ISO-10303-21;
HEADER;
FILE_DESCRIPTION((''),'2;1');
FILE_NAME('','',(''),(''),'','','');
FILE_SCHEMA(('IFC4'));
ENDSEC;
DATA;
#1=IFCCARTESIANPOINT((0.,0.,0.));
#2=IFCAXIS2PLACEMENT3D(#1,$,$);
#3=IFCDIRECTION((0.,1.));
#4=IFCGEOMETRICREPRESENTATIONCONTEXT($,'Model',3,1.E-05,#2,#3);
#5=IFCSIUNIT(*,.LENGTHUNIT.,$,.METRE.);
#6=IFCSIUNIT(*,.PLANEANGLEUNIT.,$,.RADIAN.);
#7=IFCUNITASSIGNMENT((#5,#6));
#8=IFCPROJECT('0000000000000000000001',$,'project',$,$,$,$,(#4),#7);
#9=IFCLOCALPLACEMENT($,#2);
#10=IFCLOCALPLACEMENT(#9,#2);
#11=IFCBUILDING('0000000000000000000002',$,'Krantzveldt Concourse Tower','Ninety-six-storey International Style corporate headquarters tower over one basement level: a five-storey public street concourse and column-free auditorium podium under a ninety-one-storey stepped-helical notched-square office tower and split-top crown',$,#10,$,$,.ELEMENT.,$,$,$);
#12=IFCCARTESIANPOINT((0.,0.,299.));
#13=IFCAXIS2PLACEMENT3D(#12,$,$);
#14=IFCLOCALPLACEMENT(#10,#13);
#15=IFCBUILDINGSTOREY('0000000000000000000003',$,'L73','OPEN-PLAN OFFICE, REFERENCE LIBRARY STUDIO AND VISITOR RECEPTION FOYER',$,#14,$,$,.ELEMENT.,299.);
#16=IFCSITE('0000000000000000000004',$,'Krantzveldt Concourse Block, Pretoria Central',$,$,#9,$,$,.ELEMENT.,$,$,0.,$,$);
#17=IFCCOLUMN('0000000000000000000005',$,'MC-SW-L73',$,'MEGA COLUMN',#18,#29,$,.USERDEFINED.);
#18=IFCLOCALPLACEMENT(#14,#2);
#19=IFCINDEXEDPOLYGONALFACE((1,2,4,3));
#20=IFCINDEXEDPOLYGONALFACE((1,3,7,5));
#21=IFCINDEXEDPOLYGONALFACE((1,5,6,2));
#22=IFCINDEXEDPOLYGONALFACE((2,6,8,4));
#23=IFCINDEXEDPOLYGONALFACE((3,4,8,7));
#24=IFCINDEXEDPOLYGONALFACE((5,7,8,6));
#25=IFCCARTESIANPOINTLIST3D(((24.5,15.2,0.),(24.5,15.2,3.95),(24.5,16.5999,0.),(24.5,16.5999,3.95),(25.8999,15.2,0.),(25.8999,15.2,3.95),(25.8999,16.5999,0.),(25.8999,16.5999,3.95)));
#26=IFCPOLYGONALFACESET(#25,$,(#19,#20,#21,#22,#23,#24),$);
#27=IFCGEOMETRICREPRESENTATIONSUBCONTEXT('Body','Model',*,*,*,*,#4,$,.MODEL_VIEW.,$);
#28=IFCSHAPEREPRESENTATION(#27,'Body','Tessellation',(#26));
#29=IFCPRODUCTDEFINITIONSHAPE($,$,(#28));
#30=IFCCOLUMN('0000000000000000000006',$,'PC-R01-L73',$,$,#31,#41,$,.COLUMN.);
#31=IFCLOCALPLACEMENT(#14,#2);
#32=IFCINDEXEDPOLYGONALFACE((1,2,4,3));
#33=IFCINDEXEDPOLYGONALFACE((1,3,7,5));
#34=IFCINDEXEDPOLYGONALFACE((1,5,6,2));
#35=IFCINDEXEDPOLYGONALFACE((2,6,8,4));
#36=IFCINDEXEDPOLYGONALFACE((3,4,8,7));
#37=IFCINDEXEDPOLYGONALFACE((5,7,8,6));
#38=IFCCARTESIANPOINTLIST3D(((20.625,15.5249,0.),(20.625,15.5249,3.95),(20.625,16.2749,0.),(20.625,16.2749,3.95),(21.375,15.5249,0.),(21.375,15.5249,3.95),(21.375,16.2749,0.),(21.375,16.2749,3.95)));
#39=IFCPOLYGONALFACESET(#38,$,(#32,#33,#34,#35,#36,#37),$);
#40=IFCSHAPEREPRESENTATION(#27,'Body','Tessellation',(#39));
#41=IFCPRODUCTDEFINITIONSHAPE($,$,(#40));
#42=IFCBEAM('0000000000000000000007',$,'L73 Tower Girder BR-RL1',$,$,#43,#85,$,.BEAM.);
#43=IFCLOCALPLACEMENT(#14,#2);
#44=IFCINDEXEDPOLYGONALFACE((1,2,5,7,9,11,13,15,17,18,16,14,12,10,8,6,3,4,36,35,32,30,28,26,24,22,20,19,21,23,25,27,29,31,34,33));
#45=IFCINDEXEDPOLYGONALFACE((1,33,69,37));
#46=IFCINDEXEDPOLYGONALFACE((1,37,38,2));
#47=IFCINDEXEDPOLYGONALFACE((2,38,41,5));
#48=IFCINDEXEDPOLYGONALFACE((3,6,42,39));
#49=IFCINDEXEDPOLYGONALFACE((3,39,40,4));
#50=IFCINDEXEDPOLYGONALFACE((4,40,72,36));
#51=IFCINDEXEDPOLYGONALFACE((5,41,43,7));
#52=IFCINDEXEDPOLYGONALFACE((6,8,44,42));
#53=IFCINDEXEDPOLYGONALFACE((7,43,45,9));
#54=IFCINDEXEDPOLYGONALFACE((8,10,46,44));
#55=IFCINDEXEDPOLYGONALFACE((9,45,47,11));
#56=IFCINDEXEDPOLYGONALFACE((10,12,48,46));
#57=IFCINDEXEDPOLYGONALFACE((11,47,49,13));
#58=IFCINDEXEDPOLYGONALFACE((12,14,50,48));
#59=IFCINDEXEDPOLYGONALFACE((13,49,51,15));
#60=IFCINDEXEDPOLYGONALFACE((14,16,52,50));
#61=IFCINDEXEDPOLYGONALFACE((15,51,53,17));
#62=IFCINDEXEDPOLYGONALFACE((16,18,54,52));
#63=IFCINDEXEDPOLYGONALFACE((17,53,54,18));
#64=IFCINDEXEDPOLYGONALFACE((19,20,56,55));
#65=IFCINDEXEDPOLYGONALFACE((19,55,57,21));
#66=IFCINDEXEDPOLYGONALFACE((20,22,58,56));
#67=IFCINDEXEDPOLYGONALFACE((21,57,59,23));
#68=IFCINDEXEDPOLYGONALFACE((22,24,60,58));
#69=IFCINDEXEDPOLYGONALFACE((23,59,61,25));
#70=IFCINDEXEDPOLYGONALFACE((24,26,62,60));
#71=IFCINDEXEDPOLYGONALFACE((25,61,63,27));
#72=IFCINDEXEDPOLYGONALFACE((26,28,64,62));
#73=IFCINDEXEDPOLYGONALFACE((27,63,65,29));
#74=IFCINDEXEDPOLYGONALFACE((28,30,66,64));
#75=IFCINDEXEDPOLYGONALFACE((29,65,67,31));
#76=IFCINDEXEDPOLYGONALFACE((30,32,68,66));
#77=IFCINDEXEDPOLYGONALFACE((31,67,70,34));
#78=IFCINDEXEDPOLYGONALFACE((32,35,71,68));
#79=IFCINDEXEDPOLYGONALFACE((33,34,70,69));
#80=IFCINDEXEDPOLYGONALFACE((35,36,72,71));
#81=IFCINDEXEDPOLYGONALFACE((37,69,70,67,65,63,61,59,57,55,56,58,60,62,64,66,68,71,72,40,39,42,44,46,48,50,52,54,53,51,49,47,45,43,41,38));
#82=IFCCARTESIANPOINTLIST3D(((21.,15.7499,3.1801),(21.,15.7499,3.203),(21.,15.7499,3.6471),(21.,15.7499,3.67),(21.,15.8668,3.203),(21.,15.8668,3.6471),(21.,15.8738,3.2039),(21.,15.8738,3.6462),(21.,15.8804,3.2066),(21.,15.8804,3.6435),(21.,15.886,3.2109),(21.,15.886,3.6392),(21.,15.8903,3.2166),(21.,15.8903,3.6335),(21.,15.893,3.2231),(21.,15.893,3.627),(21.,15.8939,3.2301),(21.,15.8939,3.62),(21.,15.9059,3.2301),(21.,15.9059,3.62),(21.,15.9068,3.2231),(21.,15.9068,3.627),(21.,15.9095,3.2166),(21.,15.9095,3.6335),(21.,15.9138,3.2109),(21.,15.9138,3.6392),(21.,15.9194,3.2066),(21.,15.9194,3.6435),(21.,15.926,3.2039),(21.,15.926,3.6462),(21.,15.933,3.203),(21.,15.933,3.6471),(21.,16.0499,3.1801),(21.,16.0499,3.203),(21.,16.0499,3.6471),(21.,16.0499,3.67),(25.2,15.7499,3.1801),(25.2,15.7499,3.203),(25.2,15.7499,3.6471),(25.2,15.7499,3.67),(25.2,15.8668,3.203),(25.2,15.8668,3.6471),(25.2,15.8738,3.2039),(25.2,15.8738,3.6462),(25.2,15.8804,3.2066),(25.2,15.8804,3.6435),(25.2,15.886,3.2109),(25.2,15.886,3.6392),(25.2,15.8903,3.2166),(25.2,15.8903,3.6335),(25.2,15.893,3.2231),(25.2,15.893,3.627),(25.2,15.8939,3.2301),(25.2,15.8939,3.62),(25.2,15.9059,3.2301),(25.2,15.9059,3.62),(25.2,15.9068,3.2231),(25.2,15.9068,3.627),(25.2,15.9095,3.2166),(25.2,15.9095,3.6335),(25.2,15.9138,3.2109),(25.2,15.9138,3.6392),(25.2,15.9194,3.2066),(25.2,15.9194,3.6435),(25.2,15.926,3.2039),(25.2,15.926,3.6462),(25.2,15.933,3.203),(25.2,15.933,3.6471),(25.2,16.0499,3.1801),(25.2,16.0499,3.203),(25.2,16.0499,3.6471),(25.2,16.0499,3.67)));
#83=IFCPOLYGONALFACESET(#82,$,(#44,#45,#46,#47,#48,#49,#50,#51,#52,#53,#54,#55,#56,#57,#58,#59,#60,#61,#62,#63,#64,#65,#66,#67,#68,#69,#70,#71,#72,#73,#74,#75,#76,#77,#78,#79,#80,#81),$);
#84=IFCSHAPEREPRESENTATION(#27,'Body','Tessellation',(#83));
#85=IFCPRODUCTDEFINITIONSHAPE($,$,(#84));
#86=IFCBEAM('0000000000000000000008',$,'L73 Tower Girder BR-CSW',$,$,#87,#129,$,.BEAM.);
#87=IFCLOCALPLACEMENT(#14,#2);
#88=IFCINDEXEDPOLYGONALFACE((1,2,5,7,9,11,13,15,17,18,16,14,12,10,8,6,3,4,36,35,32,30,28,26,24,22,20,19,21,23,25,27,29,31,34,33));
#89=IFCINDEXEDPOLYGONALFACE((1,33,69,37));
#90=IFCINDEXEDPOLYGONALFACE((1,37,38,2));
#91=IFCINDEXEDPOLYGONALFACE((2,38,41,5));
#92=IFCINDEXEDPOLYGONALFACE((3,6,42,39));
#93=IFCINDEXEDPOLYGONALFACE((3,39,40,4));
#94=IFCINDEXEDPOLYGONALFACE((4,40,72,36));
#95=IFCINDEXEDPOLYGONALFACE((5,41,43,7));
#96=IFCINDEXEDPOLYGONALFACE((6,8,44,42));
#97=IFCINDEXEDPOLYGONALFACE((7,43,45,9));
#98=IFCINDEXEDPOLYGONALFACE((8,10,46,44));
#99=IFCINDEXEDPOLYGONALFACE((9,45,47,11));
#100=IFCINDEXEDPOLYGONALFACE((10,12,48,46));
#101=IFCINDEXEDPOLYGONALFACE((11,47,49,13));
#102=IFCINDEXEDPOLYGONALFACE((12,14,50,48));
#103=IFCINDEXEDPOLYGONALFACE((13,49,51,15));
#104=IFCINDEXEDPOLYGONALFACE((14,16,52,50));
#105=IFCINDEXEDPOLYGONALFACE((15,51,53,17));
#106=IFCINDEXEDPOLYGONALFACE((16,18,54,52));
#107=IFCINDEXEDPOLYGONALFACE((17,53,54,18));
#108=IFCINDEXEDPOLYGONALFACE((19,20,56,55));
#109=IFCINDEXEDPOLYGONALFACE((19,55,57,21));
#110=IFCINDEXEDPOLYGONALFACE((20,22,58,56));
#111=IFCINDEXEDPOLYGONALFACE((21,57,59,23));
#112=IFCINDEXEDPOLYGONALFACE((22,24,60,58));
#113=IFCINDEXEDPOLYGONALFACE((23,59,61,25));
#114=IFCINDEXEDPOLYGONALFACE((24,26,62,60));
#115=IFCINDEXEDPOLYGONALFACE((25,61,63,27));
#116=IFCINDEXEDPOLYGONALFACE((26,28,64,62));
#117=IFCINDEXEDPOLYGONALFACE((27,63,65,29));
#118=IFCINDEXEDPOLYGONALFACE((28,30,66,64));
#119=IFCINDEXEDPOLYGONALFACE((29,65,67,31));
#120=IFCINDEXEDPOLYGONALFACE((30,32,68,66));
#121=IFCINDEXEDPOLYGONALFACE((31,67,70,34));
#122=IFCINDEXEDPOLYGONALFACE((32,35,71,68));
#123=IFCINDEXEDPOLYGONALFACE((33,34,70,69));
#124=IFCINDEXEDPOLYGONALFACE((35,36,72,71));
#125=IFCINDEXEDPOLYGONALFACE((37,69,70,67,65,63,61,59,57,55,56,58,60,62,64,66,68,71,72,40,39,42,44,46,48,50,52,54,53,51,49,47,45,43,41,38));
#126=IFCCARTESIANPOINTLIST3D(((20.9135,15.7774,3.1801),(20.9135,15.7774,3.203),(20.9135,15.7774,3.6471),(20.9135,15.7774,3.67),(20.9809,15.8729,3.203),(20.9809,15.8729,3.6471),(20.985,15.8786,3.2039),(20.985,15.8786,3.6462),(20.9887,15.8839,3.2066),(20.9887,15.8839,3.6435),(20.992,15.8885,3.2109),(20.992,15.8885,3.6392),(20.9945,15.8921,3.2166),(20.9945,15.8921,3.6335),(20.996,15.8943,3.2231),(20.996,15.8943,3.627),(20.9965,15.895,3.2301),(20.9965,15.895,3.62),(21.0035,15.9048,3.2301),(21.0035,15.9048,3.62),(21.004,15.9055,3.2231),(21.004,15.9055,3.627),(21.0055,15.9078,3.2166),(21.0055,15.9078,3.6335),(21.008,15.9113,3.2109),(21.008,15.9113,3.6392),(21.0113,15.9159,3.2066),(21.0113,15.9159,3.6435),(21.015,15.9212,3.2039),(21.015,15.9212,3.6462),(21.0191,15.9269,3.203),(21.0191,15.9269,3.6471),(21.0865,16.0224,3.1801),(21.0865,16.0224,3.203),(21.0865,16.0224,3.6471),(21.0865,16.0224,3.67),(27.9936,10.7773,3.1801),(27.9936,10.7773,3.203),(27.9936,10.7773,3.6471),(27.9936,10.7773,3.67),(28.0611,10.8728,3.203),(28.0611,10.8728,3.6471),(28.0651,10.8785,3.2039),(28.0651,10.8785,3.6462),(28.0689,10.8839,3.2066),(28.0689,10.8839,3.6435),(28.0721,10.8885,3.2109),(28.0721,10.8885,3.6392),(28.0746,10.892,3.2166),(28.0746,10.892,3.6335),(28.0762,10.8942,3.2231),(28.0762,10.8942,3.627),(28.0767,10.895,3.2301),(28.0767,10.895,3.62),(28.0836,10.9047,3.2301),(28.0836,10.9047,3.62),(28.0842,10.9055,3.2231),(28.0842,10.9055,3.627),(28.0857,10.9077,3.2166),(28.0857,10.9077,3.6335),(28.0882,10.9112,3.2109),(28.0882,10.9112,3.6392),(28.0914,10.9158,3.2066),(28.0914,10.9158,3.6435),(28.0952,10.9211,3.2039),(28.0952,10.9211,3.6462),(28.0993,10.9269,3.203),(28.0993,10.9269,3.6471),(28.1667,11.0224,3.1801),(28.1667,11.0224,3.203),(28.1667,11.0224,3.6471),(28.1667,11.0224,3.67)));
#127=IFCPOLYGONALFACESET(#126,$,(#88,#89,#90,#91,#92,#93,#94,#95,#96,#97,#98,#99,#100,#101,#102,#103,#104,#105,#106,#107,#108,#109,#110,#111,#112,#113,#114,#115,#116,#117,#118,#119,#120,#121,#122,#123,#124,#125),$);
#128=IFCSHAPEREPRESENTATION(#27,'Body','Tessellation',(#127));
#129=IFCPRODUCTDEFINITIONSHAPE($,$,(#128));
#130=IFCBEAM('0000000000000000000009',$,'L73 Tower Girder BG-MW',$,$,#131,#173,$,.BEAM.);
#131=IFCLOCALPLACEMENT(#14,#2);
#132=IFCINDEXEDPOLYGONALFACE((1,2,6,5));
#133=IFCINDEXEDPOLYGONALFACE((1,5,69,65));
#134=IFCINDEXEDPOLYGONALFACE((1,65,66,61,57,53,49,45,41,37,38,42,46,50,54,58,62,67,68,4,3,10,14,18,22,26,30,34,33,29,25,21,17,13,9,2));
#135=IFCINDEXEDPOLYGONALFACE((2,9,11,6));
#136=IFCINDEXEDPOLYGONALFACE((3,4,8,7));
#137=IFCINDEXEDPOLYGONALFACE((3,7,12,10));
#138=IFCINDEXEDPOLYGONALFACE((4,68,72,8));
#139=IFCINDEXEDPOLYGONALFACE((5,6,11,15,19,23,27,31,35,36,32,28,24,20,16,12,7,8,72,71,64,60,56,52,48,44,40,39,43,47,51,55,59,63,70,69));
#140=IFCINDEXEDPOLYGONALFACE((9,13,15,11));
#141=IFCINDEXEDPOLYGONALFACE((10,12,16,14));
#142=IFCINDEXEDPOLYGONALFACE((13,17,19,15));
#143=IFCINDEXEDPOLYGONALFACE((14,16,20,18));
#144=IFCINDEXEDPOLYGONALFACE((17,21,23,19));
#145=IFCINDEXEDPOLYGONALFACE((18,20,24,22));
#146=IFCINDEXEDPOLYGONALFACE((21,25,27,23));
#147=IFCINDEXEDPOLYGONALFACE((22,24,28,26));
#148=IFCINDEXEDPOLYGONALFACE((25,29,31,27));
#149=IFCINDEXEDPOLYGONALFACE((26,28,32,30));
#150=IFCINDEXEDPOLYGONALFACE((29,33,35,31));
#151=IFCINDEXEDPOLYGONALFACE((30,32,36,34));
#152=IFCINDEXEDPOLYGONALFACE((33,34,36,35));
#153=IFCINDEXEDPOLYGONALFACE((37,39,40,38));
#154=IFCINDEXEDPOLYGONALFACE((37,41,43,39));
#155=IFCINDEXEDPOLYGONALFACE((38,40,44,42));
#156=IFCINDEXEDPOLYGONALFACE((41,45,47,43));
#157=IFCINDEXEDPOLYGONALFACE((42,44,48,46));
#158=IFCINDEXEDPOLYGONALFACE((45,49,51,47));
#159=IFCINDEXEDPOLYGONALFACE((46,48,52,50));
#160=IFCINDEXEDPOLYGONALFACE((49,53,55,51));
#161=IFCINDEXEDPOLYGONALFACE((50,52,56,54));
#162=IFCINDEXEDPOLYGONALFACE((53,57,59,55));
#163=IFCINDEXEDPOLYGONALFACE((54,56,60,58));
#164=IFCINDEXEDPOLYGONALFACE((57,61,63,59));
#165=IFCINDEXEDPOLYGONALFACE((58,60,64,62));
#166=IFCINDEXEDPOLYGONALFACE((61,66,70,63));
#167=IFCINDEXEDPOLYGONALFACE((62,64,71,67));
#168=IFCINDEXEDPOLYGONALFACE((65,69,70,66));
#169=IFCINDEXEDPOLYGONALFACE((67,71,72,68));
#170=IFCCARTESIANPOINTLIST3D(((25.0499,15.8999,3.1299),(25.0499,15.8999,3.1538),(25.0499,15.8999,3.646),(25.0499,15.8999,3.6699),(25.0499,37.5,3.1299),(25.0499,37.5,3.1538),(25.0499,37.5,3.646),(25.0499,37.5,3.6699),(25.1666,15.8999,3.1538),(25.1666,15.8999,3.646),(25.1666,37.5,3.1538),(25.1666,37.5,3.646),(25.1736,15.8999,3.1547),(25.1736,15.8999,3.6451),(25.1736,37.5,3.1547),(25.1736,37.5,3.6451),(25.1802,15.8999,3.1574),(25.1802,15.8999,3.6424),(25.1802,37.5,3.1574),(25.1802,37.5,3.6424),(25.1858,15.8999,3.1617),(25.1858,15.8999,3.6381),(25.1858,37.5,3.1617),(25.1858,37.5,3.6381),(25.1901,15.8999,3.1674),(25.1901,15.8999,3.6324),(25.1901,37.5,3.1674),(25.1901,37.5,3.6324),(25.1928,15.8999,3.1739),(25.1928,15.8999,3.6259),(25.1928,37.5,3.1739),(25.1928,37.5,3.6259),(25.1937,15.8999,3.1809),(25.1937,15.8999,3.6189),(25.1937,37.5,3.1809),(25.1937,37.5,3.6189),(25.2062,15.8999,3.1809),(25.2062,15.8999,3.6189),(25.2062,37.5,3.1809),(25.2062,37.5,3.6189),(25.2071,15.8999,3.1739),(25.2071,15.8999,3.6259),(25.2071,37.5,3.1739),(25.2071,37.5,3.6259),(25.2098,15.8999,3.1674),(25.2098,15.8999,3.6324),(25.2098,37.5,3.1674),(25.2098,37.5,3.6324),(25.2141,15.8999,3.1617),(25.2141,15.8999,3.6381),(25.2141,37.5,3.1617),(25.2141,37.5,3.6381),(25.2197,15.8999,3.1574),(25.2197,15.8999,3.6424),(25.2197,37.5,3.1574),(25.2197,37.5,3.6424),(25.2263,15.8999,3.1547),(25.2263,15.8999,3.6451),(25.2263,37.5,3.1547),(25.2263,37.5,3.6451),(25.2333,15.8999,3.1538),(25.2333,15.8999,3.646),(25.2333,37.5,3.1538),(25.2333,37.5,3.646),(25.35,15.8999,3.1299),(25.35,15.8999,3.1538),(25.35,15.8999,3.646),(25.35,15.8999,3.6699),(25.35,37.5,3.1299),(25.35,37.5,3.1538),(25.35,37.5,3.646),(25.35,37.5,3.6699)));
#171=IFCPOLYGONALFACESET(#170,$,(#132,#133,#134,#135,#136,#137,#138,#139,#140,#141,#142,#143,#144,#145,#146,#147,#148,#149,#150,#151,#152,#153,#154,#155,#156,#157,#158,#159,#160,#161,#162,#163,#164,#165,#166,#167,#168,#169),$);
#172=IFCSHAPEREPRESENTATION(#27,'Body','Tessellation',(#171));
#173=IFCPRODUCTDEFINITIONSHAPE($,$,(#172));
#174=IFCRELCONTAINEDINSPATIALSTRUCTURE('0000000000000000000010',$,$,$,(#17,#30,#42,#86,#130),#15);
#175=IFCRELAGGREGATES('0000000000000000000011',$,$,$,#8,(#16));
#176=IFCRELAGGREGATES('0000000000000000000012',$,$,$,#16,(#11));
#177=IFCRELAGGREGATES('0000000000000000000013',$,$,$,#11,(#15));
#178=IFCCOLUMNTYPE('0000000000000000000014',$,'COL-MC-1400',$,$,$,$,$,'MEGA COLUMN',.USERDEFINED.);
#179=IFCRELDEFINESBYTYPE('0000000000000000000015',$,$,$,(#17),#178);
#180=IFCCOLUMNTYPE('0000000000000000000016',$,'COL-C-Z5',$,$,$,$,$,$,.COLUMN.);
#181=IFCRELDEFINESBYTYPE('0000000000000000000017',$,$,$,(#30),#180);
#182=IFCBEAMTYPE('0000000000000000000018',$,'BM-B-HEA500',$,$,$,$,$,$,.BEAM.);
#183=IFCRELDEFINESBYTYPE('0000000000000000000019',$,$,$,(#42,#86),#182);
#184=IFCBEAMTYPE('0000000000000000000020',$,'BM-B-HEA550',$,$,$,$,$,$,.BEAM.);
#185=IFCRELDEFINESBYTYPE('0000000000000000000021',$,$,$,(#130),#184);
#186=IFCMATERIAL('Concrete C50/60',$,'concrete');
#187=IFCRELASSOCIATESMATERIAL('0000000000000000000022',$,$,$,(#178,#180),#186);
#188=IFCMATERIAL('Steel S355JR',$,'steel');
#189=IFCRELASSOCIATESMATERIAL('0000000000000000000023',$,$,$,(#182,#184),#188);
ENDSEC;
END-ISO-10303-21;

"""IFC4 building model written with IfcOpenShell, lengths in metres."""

from ifc_helpers import new_model, si_unit, direction, frame, origin, origin_2d, place, context, subcontext, project, spatial, rectangle, i_section, extrude, source, transform, mapped, material, material_profile, profile_set, type_object, type_shapes, element, save


model = new_model("IFC4")

# Units and contexts
model_context = context("Model", 3, precision=1e-05, world=origin(), true_north=direction((0.0, 1.0)))
body_context = subcontext(model_context, "Body", "Model", "MODEL_VIEW")
ifc_project = project(units=[si_unit("LENGTHUNIT", "METRE"), si_unit("PLANEANGLEUNIT", "RADIAN")], contexts=[model_context])

# Site, building, storey
site_placement = place(None, origin())
site = spatial("IfcSite", under=ifc_project, at=site_placement, Name="Krantzveldt Concourse Block, Pretoria Central", CompositionType="ELEMENT", RefElevation=0.0)
building_placement = place(site_placement, origin())
building = spatial("IfcBuilding", under=site, at=building_placement, Name="Krantzveldt Concourse Tower", Description="Ninety-six-storey International Style corporate headquarters tower over one basement level: a five-storey public street concourse and column-free auditorium podium under a ninety-one-storey stepped-helical notched-square office tower and split-top crown", CompositionType="ELEMENT")
storey_placement = place(building_placement, frame((0.0, 0.0, 299.0)))
storey = spatial("IfcBuildingStorey", under=building, at=storey_placement, Name="L73", Description="OPEN-PLAN OFFICE, REFERENCE LIBRARY STUDIO AND VISITOR RECEPTION FOYER", CompositionType="ELEMENT", Elevation=299.0)

# Columns
ifc_material_1 = material(Name="Concrete C50/60", Category="concrete")
ifc_material_profile_1 = material_profile(ifc_material_1, rectangle(XDim=1.3999, YDim=1.3999, at=origin_2d()), Name="Concrete C50/60", Category="concrete")
ifc_profile_set_1 = profile_set([ifc_material_profile_1], Name="Concrete C50/60 - RC 1400x1400")
column_type_1 = type_object("IfcColumnType", Name="COL-MC-1400", ElementType="MEGA COLUMN", PredefinedType="USERDEFINED", material=ifc_profile_set_1)
shared_shape_1 = source(origin(), body_context, "Body", "SweptSolid", [
    extrude(rectangle(XDim=1.3999, YDim=1.3999, at=origin_2d()), origin(), (0.0, 0.0, 1.0), 3.95),
])
type_shapes(column_type_1, [shared_shape_1])
column_1_placement = place(storey_placement, frame((25.2, 15.8999, 0.0), z_axis=(0.0, 0.0, 1.0), x_axis=(1.0, 0.0, 0.0)))
element("IfcColumn", 1, at=column_1_placement, inside=storey, type_object=column_type_1, Name="MC-SW-L73", ObjectType="MEGA COLUMN", PredefinedType="USERDEFINED", context=body_context, shape_type="MappedRepresentation", body=[
    mapped(shared_shape_1, transform((0.0, 0.0, 0.0), x_axis=(1.0, 0.0, 0.0), y_axis=(0.0, 1.0, 0.0), z_axis=(0.0, 0.0, 1.0), scale=1.0)),
])
ifc_material_profile_2 = material_profile(ifc_material_1, rectangle(XDim=0.75, YDim=0.75, at=origin_2d()), Name="Concrete C50/60", Category="concrete")
ifc_profile_set_2 = profile_set([ifc_material_profile_2], Name="Concrete C50/60 - RC 750x750")
column_type_2 = type_object("IfcColumnType", Name="COL-C-Z5", PredefinedType="COLUMN", material=ifc_profile_set_2)
shared_shape_2 = source(origin(), body_context, "Body", "SweptSolid", [
    extrude(rectangle(XDim=0.75, YDim=0.75, at=origin_2d()), origin(), (0.0, 0.0, 1.0), 3.95),
])
type_shapes(column_type_2, [shared_shape_2])
column_2_placement = place(storey_placement, frame((21.0, 15.8999, 0.0), z_axis=(0.0, 0.0, 1.0), x_axis=(1.0, 0.0, 0.0)))
element("IfcColumn", 2, at=column_2_placement, inside=storey, type_object=column_type_2, Name="PC-R01-L73", PredefinedType="COLUMN", context=body_context, shape_type="MappedRepresentation", body=[
    mapped(shared_shape_2, transform((0.0, 0.0, 0.0), x_axis=(1.0, 0.0, 0.0), y_axis=(0.0, 1.0, 0.0), z_axis=(0.0, 0.0, 1.0), scale=1.0)),
])

# Beams
ifc_material_2 = material(Name="Steel S355JR", Category="steel")
ifc_material_profile_3 = material_profile(ifc_material_2, i_section(OverallWidth=0.3, OverallDepth=0.49, WebThickness=0.012, FlangeThickness=0.0229, FilletRadius=0.0271, at=origin_2d()), Name="Steel S355JR", Category="steel")
ifc_profile_set_3 = profile_set([ifc_material_profile_3], Name="Steel S355JR - HEA 500")
beam_type_1 = type_object("IfcBeamType", Name="BM-B-HEA500", PredefinedType="BEAM", material=ifc_profile_set_3)
shared_shape_3 = source(origin(), body_context, "Body", "SweptSolid", [
    extrude(i_section(OverallWidth=0.3, OverallDepth=0.49, WebThickness=0.012, FlangeThickness=0.0229, FilletRadius=0.0271, at=origin_2d()), origin(), (0.0, 0.0, 1.0), 4.2),
])
beam_1_placement = place(storey_placement, frame((21.0, 15.8999, 3.425), z_axis=(1.0, 0.0, 0.0), x_axis=(0.0, 1.0, 0.0)))
element("IfcBeam", 3, at=beam_1_placement, inside=storey, type_object=beam_type_1, Name="L73 Tower Girder BR-RL1", PredefinedType="BEAM", context=body_context, shape_type="MappedRepresentation", body=[
    mapped(shared_shape_3, transform((0.0, 0.0, 0.0), x_axis=(1.0, 0.0, 0.0), y_axis=(0.0, 1.0, 0.0), z_axis=(0.0, 0.0, 1.0), scale=1.0)),
])
shared_shape_4 = source(origin(), body_context, "Body", "SweptSolid", [
    extrude(i_section(OverallWidth=0.3, OverallDepth=0.49, WebThickness=0.012, FlangeThickness=0.0229, FilletRadius=0.0271, at=origin_2d()), origin(), (0.0, 0.0, 1.0), 8.6677),
])
type_shapes(beam_type_1, [shared_shape_3, shared_shape_4])
beam_2_placement = place(storey_placement, frame((21.0, 15.8999, 3.425), z_axis=(0.816843, -0.57686, 0.0), x_axis=(0.57686, 0.816843, 0.0)))
element("IfcBeam", 4, at=beam_2_placement, inside=storey, type_object=beam_type_1, Name="L73 Tower Girder BR-CSW", PredefinedType="BEAM", context=body_context, shape_type="MappedRepresentation", body=[
    mapped(shared_shape_4, transform((0.0, 0.0, 0.0), x_axis=(1.0, 0.0, 0.0), y_axis=(0.0, 1.0, 0.0), z_axis=(0.0, 0.0, 1.0), scale=1.0)),
])
ifc_material_profile_4 = material_profile(ifc_material_2, i_section(OverallWidth=0.3, OverallDepth=0.54, WebThickness=0.0125, FlangeThickness=0.0239, FilletRadius=0.0271, at=origin_2d()), Name="Steel S355JR", Category="steel")
ifc_profile_set_4 = profile_set([ifc_material_profile_4], Name="Steel S355JR - HEA 550")
beam_type_2 = type_object("IfcBeamType", Name="BM-B-HEA550", PredefinedType="BEAM", material=ifc_profile_set_4)
shared_shape_5 = source(origin(), body_context, "Body", "SweptSolid", [
    extrude(i_section(OverallWidth=0.3, OverallDepth=0.54, WebThickness=0.0125, FlangeThickness=0.0239, FilletRadius=0.0271, at=origin_2d()), origin(), (0.0, 0.0, 1.0), 21.6001),
])
beam_3_placement = place(storey_placement, frame((25.2, 15.8999, 3.3999), z_axis=(0.0, 1.0, 0.0), x_axis=(-1.0, 0.0, 0.0)))
element("IfcBeam", 5, at=beam_3_placement, inside=storey, type_object=beam_type_2, Name="L73 Tower Girder BG-MW", PredefinedType="BEAM", context=body_context, shape_type="MappedRepresentation", body=[
    mapped(shared_shape_5, transform((0.0, 0.0, 0.0), x_axis=(1.0, 0.0, 0.0), y_axis=(0.0, 1.0, 0.0), z_axis=(0.0, 0.0, 1.0), scale=1.0)),
])

save(model, "model.ifc")
